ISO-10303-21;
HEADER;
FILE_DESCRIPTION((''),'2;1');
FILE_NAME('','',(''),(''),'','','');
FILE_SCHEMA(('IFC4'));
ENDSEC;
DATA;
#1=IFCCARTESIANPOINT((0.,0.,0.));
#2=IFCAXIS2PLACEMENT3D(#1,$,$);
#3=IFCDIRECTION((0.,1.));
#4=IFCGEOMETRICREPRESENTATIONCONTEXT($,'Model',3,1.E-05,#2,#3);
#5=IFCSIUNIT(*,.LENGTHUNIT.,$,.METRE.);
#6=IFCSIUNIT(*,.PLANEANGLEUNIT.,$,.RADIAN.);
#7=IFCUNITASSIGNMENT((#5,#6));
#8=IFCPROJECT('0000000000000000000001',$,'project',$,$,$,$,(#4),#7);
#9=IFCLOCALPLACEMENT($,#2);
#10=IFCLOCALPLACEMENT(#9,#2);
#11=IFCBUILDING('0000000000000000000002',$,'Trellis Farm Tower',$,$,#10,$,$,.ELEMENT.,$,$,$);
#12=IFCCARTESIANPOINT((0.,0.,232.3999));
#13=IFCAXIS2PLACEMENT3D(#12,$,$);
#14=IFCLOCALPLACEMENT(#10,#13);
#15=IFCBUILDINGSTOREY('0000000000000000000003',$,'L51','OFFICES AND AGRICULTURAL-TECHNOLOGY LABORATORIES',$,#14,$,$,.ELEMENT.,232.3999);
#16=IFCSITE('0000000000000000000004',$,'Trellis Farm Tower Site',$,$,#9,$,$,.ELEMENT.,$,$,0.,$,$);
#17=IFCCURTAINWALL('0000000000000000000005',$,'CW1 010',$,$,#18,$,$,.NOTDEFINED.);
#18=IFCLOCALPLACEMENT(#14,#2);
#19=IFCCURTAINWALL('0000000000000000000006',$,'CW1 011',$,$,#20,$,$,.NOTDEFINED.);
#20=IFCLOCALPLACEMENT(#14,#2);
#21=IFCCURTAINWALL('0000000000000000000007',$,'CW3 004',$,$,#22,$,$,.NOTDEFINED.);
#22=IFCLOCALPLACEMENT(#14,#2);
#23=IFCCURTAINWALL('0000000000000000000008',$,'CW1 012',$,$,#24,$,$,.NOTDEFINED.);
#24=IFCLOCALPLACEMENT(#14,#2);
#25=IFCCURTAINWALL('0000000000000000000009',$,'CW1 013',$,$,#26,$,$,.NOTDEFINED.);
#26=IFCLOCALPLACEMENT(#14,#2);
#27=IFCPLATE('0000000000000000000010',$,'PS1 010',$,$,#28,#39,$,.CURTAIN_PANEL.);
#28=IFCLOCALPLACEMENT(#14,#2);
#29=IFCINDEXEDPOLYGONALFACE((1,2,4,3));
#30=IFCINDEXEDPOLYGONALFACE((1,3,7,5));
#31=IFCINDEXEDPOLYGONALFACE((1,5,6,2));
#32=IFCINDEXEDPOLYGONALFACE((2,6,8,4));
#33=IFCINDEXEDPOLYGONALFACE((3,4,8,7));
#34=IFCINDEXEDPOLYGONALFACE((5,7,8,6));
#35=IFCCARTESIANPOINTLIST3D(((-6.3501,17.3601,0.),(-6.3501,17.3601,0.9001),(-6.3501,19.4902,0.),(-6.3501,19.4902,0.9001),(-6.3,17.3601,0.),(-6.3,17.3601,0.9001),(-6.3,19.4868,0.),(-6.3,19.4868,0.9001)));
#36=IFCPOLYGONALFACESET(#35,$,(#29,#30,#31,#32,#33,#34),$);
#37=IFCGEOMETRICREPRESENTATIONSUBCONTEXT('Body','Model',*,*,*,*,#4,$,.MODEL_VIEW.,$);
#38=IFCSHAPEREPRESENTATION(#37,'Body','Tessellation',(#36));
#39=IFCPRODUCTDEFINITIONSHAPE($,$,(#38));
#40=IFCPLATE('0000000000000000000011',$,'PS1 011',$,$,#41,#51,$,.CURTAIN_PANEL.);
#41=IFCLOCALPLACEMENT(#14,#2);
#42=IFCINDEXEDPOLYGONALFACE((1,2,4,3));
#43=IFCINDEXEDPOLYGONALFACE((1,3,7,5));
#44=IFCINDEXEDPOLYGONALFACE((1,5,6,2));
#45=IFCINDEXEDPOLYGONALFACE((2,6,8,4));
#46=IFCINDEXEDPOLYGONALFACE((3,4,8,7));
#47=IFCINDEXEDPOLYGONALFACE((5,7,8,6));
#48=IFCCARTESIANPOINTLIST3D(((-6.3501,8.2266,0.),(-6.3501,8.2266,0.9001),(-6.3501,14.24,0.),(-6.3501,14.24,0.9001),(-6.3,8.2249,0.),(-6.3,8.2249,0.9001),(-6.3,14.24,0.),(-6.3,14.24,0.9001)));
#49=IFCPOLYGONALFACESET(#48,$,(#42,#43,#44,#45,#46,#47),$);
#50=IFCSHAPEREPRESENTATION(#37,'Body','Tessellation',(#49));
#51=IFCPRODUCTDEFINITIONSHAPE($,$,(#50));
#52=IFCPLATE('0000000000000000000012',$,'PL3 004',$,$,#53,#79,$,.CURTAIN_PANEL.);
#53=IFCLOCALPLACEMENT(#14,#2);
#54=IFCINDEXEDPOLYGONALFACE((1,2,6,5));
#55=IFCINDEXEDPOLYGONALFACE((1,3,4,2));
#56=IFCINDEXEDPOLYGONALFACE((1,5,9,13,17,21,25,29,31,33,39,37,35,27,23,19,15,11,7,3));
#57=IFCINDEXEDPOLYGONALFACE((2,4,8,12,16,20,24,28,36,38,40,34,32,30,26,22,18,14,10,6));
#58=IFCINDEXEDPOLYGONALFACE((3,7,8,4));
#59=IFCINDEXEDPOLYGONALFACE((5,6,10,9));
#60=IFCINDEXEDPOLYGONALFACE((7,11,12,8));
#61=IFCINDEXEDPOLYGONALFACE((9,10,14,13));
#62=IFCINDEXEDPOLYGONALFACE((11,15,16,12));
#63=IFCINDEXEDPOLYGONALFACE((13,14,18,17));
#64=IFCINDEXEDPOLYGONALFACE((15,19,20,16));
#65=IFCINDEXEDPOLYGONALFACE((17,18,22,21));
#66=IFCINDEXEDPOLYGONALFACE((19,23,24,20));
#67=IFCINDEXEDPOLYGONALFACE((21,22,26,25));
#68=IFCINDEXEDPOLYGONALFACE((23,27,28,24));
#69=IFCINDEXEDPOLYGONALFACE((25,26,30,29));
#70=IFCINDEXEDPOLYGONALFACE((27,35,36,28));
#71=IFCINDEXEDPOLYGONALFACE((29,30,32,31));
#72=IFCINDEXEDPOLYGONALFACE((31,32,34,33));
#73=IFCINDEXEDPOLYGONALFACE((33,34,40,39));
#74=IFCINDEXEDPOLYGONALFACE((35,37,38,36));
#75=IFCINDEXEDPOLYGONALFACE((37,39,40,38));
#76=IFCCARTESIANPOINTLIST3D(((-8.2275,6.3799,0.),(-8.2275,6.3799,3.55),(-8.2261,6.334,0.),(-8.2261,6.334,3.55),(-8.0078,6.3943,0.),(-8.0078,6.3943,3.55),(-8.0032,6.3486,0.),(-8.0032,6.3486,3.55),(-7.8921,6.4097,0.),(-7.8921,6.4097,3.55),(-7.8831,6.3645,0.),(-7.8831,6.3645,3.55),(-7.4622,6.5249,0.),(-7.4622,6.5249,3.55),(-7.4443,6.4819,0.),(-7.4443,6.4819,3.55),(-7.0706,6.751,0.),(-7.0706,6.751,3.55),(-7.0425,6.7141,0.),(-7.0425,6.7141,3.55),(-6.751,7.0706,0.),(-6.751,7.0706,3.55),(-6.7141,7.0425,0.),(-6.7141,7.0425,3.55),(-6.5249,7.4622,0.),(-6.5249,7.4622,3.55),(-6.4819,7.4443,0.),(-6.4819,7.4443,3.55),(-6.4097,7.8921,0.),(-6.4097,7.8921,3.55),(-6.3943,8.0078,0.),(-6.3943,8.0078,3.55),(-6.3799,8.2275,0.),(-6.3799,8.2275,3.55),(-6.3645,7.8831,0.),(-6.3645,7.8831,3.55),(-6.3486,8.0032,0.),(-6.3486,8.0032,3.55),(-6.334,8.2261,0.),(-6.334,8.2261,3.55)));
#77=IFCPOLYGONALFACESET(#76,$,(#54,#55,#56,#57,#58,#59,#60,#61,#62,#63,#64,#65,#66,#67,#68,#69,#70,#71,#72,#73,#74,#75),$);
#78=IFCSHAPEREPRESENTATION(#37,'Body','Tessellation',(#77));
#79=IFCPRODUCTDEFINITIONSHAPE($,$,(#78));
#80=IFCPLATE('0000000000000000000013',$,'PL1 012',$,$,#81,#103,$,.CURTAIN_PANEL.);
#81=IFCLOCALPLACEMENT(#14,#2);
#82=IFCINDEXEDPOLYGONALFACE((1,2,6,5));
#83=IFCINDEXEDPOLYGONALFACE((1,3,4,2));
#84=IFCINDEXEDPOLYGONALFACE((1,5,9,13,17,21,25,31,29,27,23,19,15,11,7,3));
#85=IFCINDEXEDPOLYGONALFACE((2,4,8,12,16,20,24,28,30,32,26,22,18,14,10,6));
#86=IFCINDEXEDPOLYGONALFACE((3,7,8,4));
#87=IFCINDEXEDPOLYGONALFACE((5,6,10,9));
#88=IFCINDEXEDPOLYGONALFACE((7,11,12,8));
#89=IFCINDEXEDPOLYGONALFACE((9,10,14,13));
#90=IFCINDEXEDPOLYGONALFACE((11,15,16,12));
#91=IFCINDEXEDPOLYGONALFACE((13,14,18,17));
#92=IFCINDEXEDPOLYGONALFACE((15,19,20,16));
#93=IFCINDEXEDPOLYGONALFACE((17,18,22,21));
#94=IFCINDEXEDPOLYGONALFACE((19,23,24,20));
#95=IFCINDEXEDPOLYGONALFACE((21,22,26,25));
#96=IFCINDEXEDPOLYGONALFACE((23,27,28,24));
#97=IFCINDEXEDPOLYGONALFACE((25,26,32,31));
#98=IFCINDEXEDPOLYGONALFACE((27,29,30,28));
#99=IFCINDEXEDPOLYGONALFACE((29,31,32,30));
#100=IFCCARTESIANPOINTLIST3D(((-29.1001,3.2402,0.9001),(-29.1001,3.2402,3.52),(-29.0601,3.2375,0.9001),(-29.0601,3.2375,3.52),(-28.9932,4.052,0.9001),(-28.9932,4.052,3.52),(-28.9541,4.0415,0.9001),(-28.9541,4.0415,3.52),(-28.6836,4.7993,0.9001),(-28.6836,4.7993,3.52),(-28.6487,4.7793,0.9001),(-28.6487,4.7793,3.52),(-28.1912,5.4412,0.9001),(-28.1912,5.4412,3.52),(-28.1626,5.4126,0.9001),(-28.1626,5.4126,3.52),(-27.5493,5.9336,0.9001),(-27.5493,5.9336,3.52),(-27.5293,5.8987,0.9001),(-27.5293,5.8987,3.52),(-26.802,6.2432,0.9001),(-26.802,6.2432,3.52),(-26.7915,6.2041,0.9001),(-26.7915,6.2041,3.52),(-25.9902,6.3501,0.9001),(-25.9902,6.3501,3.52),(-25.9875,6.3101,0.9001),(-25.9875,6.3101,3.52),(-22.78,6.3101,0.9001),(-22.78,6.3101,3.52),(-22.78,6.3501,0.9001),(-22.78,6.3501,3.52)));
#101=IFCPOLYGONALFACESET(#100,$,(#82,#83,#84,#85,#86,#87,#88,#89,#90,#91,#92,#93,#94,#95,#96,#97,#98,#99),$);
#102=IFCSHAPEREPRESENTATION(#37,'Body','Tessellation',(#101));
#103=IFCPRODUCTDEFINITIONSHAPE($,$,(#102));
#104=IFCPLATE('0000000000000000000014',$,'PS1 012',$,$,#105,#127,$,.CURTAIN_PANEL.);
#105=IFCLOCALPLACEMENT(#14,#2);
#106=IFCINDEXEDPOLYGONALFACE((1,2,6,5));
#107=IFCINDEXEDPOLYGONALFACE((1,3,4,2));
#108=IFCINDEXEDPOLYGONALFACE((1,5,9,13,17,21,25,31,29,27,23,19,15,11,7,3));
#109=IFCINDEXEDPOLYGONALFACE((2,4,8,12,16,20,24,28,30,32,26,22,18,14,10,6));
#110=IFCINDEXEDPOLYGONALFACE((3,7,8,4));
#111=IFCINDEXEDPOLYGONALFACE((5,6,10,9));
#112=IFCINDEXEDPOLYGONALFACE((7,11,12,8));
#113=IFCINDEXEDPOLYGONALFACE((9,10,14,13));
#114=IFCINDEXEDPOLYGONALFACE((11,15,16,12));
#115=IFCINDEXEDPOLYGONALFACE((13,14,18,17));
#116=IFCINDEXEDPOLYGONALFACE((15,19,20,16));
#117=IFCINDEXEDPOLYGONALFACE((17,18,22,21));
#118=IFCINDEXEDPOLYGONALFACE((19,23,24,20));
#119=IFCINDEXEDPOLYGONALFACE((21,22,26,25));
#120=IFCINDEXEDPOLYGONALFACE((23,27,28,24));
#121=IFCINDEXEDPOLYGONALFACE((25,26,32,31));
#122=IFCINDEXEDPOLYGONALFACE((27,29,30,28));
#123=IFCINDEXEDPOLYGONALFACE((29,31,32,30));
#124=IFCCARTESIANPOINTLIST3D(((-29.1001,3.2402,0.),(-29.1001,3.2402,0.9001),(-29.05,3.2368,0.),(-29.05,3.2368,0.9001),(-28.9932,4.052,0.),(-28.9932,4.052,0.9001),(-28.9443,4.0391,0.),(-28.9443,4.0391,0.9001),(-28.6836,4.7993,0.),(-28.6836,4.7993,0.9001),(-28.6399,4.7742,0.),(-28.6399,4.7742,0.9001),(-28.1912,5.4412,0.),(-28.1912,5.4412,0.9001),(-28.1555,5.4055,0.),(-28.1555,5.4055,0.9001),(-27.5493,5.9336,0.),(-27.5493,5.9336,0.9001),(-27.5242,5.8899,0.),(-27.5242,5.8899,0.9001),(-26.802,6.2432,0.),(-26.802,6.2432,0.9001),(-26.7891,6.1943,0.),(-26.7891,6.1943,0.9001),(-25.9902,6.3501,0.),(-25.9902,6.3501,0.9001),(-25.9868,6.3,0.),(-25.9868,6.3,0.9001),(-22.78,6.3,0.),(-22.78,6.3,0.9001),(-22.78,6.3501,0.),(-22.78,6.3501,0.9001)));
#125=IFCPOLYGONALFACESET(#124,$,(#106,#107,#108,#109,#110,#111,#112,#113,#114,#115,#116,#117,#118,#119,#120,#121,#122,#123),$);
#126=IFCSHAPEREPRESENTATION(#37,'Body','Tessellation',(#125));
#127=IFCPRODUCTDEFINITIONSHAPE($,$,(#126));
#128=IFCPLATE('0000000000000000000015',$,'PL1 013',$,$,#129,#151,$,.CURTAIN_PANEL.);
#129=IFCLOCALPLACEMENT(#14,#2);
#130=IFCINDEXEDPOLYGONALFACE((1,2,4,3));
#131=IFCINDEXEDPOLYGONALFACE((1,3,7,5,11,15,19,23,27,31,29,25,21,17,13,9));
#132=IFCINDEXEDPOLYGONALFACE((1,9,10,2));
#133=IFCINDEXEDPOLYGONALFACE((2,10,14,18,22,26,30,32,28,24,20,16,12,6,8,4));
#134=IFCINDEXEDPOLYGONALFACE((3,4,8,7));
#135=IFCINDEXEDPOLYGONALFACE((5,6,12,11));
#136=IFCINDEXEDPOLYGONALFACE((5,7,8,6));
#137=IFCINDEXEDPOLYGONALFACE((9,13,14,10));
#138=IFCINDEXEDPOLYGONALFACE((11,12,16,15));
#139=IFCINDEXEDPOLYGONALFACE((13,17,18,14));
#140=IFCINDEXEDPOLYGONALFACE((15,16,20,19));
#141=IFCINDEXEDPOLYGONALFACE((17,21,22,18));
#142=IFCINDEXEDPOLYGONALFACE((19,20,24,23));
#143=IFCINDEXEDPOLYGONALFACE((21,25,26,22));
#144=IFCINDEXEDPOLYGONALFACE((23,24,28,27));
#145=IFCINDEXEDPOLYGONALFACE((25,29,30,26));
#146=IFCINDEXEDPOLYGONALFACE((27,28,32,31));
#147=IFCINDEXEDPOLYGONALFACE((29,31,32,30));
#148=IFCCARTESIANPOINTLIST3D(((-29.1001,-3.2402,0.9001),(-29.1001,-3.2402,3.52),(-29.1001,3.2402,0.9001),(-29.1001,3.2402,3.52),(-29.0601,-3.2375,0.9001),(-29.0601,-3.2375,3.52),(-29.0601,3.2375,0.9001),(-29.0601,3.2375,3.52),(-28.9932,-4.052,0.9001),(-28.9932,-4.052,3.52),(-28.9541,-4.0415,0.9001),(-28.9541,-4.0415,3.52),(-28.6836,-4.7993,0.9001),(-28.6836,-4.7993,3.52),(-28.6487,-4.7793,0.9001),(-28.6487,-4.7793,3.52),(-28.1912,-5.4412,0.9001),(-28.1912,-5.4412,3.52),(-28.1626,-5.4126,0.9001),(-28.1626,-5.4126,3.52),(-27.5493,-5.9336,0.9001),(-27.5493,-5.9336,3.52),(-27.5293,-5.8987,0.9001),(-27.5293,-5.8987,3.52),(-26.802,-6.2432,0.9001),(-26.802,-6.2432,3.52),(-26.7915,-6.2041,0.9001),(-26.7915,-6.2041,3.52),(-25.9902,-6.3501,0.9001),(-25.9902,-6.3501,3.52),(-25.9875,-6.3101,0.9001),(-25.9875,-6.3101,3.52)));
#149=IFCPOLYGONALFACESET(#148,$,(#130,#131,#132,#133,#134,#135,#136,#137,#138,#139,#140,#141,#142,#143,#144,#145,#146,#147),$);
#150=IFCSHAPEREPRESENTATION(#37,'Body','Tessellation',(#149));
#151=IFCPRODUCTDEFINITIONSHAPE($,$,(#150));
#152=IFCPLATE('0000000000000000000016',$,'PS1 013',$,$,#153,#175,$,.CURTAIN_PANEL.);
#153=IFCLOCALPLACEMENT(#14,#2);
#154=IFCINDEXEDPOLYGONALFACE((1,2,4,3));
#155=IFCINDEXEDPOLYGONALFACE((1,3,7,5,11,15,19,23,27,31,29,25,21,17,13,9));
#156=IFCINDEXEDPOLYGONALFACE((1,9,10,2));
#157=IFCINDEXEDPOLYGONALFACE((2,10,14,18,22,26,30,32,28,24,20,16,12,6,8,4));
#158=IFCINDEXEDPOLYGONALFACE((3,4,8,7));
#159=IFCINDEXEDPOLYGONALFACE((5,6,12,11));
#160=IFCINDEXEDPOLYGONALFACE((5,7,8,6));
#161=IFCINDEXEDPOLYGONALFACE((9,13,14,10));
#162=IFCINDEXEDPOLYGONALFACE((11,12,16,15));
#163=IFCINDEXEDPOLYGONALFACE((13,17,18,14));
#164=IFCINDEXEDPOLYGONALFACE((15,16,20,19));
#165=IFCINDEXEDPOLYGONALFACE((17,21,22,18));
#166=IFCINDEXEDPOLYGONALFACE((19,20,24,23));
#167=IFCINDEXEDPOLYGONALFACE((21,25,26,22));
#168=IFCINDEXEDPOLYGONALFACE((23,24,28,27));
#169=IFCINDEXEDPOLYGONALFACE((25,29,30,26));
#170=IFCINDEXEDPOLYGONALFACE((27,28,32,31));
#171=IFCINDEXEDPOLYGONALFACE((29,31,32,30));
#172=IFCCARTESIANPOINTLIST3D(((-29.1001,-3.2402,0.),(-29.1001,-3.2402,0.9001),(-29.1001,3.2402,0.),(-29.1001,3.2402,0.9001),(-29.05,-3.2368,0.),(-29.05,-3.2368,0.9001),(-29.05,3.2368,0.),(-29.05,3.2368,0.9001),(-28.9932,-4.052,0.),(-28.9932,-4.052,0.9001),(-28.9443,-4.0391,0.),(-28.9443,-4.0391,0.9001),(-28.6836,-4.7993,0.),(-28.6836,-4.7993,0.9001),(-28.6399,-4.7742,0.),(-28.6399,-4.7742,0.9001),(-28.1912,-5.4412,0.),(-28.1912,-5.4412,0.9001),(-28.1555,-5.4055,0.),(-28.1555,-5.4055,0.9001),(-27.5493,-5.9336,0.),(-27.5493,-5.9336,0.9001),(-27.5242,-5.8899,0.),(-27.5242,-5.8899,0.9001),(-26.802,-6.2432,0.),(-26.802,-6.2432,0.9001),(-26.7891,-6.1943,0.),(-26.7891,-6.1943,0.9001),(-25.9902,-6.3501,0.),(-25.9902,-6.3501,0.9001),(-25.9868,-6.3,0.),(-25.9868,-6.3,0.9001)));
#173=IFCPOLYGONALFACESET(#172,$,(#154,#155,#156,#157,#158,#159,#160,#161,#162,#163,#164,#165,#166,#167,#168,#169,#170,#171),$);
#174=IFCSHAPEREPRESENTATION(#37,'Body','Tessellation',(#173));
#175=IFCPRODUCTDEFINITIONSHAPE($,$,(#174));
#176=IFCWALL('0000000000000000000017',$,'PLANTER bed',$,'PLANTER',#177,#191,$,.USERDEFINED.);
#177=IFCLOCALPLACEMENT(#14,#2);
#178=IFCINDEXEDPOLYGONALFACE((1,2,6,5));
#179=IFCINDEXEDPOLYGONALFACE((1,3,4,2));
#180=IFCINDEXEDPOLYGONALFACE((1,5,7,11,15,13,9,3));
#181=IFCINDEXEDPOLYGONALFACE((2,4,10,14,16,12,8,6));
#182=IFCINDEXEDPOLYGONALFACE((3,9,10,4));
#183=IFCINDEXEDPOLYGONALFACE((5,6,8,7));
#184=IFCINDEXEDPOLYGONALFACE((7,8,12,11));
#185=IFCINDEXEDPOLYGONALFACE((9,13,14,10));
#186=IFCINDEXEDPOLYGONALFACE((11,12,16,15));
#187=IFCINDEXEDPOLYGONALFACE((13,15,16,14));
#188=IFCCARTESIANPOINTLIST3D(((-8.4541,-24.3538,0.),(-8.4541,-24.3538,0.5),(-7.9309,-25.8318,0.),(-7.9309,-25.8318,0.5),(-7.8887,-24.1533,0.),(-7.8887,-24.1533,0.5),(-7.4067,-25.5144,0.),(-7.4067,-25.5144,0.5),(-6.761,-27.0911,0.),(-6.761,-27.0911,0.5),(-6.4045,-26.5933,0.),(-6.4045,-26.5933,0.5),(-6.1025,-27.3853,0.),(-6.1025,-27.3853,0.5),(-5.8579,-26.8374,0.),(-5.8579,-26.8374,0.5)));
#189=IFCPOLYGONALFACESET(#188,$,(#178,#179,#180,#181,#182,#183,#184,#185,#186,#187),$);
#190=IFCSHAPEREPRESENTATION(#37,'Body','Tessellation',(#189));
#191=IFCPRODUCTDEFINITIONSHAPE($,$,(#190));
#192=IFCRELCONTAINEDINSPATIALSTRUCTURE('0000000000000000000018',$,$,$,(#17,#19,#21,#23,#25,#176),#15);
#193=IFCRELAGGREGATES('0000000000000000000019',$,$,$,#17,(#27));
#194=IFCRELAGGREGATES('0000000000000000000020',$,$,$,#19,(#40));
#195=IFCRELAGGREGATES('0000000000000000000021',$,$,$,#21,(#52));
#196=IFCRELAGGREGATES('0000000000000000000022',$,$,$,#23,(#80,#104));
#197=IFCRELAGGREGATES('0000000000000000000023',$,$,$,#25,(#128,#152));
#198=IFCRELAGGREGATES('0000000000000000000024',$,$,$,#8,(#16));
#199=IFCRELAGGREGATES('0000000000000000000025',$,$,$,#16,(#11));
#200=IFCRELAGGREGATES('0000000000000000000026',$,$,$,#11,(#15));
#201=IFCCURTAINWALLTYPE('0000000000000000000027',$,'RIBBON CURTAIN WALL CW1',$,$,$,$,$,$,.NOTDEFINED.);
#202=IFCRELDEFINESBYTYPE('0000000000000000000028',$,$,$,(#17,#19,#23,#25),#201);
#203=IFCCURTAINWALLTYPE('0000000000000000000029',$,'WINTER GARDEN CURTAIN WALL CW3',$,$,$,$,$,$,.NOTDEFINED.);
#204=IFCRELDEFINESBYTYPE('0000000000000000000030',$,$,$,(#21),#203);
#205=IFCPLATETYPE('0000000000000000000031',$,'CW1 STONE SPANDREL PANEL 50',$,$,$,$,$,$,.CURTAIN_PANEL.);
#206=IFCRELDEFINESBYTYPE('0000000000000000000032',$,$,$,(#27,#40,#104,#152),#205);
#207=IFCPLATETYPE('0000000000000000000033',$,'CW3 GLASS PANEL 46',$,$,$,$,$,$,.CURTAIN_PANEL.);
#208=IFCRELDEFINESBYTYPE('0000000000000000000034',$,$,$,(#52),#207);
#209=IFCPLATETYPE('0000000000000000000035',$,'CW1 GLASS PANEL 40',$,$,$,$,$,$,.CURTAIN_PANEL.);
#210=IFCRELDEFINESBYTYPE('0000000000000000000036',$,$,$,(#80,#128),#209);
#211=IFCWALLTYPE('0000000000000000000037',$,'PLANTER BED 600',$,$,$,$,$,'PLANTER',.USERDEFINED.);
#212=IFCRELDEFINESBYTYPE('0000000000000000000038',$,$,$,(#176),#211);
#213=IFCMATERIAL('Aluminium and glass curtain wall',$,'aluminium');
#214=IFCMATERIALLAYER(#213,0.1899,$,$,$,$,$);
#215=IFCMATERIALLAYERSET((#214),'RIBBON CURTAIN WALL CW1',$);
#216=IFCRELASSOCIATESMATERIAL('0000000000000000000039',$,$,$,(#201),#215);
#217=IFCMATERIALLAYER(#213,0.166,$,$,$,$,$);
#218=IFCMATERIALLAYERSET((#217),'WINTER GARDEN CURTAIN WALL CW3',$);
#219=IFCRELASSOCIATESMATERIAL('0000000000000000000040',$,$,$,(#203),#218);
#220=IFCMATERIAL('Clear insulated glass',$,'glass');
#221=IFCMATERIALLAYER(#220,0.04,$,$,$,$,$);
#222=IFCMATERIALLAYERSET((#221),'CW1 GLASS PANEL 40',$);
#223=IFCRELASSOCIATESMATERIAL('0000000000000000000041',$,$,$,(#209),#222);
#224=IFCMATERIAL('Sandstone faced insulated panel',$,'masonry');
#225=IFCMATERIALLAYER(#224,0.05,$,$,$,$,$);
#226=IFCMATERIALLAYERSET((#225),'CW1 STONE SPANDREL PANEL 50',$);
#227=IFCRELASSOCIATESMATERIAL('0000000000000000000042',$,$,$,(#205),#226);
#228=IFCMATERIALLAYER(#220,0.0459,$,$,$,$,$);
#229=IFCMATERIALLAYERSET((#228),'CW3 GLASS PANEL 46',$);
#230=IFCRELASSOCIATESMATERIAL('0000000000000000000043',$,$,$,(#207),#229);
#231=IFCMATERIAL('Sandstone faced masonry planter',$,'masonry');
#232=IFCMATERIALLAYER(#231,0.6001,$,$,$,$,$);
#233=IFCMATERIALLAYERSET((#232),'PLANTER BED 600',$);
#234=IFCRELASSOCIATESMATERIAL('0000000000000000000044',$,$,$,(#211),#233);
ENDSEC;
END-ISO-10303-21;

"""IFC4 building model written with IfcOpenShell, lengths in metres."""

from ifc_helpers import new_model, si_unit, direction, frame, origin, place, context, subcontext, project, spatial, polyline, outline, extrude, source, transform, mapped, material, layer, layer_set, type_object, element, aggregate, save


model = new_model("IFC4")

# Units and contexts
model_context = context("Model", 3, precision=1e-05, world=origin(), true_north=direction((0.0, 1.0)))
body_context = subcontext(model_context, "Body", "Model", "MODEL_VIEW")
ifc_project = project(units=[si_unit("LENGTHUNIT", "METRE"), si_unit("PLANEANGLEUNIT", "RADIAN")], contexts=[model_context])

# Site, building, storey
site_placement = place(None, origin())
site = spatial("IfcSite", under=ifc_project, at=site_placement, Name="Trellis Farm Tower Site", CompositionType="ELEMENT", RefElevation=0.0)
building_placement = place(site_placement, origin())
building = spatial("IfcBuilding", under=site, at=building_placement, Name="Trellis Farm Tower", CompositionType="ELEMENT")
storey_placement = place(building_placement, frame((0.0, 0.0, 232.3999)))
storey = spatial("IfcBuildingStorey", under=building, at=storey_placement, Name="L51", Description="OFFICES AND AGRICULTURAL-TECHNOLOGY LABORATORIES", CompositionType="ELEMENT", Elevation=232.3999)

# Curtain walls
ifc_material_1 = material(Name="Aluminium and glass curtain wall", Category="aluminium")
ifc_layer_1 = layer(ifc_material_1, 0.1899)
ifc_layer_set_1 = layer_set([ifc_layer_1], Name="RIBBON CURTAIN WALL CW1")
curtain_wall_type_1 = type_object("IfcCurtainWallType", Name="RIBBON CURTAIN WALL CW1", PredefinedType="NOTDEFINED", material=ifc_layer_set_1)
placement_1 = place(storey_placement, origin())
curtain_wall_1 = element("IfcCurtainWall", 1, at=placement_1, inside=storey, type_object=curtain_wall_type_1, Name="CW1 010", PredefinedType="NOTDEFINED")
curtain_wall_2 = element("IfcCurtainWall", 2, at=placement_1, inside=storey, type_object=curtain_wall_type_1, Name="CW1 011", PredefinedType="NOTDEFINED")
ifc_layer_2 = layer(ifc_material_1, 0.166)
ifc_layer_set_2 = layer_set([ifc_layer_2], Name="WINTER GARDEN CURTAIN WALL CW3")
curtain_wall_type_2 = type_object("IfcCurtainWallType", Name="WINTER GARDEN CURTAIN WALL CW3", PredefinedType="NOTDEFINED", material=ifc_layer_set_2)
curtain_wall_3 = element("IfcCurtainWall", 3, at=placement_1, inside=storey, type_object=curtain_wall_type_2, Name="CW3 004", PredefinedType="NOTDEFINED")
curtain_wall_4 = element("IfcCurtainWall", 4, at=placement_1, inside=storey, type_object=curtain_wall_type_1, Name="CW1 012", PredefinedType="NOTDEFINED")
curtain_wall_5 = element("IfcCurtainWall", 5, at=placement_1, inside=storey, type_object=curtain_wall_type_1, Name="CW1 013", PredefinedType="NOTDEFINED")

# Plates
ifc_material_2 = material(Name="Clear insulated glass", Category="glass")
ifc_layer_3 = layer(ifc_material_2, 0.04)
ifc_layer_set_3 = layer_set([ifc_layer_3], Name="CW1 GLASS PANEL 40")
plate_type_1 = type_object("IfcPlateType", Name="CW1 GLASS PANEL 40", PredefinedType="CURTAIN_PANEL", material=ifc_layer_set_3)
placement_2 = place(storey_placement, frame((0.0, 0.0, 0.9001)))
ifc_material_3 = material(Name="Sandstone faced insulated panel", Category="masonry")
ifc_layer_4 = layer(ifc_material_3, 0.05)
ifc_layer_set_4 = layer_set([ifc_layer_4], Name="CW1 STONE SPANDREL PANEL 50")
plate_type_2 = type_object("IfcPlateType", Name="CW1 STONE SPANDREL PANEL 50", PredefinedType="CURTAIN_PANEL", material=ifc_layer_set_4)
plate_1 = element("IfcPlate", 6, at=placement_1, type_object=plate_type_2, Name="PS1 010", PredefinedType="CURTAIN_PANEL", context=body_context, shape_type="SweptSolid", body=[
    extrude(outline(polyline([(-6.3501, 19.4902), (-6.3501, 17.3601), (-6.3, 17.3601), (-6.3, 19.4868), (-6.3501, 19.4902)])), origin(), (0.0, 0.0, 1.0), 0.9001),
])
aggregate(curtain_wall_1, [plate_1])
plate_2 = element("IfcPlate", 7, at=placement_1, type_object=plate_type_2, Name="PS1 011", PredefinedType="CURTAIN_PANEL", context=body_context, shape_type="SweptSolid", body=[
    extrude(outline(polyline([(-6.3501, 14.24), (-6.3501, 8.2266), (-6.3, 8.2249), (-6.3, 14.24), (-6.3501, 14.24)])), origin(), (0.0, 0.0, 1.0), 0.9001),
])
aggregate(curtain_wall_2, [plate_2])
ifc_layer_5 = layer(ifc_material_2, 0.0459)
ifc_layer_set_5 = layer_set([ifc_layer_5], Name="CW3 GLASS PANEL 46")
plate_type_3 = type_object("IfcPlateType", Name="CW3 GLASS PANEL 46", PredefinedType="CURTAIN_PANEL", material=ifc_layer_set_5)
shared_shape_1 = source(origin(), body_context, "Body", "SweptSolid", [
    extrude(outline(polyline([(-6.3799, 8.2275), (-6.3943, 8.0078), (-6.4097, 7.8921), (-6.5249, 7.4622), (-6.751, 7.0706), (-7.0706, 6.751), (-7.4622, 6.5249), (-7.8921, 6.4097), (-8.0078, 6.3943), (-8.2275, 6.3799), (-8.2261, 6.334), (-8.0032, 6.3486), (-7.8831, 6.3645), (-7.4443, 6.4819), (-7.0425, 6.7141), (-6.7141, 7.0425), (-6.4819, 7.4443), (-6.3645, 7.8831), (-6.3486, 8.0032), (-6.334, 8.2261), (-6.3799, 8.2275)])), origin(), (0.0, 0.0, 1.0), 3.55),
])
plate_3 = element("IfcPlate", 8, at=placement_1, type_object=plate_type_3, Name="PL3 004", PredefinedType="CURTAIN_PANEL", context=body_context, shape_type="MappedRepresentation", body=[
    mapped(shared_shape_1, transform((0.0, 0.0, 0.0))),
])
aggregate(curtain_wall_3, [plate_3])
shared_shape_2 = source(origin(), body_context, "Body", "SweptSolid", [
    extrude(outline(polyline([(-22.78, 6.3501), (-25.9902, 6.3501), (-26.802, 6.2432), (-27.5493, 5.9336), (-28.1912, 5.4412), (-28.6836, 4.7993), (-28.9932, 4.052), (-29.1001, 3.2402), (-29.0601, 3.2375), (-28.9541, 4.0415), (-28.6487, 4.7793), (-28.1626, 5.4126), (-27.5293, 5.8987), (-26.7915, 6.2041), (-25.9875, 6.3101), (-22.78, 6.3101), (-22.78, 6.3501)])), origin(), (0.0, 0.0, 1.0), 2.6199),
])
plate_4 = element("IfcPlate", 9, at=placement_2, type_object=plate_type_1, Name="PL1 012", PredefinedType="CURTAIN_PANEL", context=body_context, shape_type="MappedRepresentation", body=[
    mapped(shared_shape_2, transform((0.0, 0.0, 0.0))),
])
shared_shape_3 = source(origin(), body_context, "Body", "SweptSolid", [
    extrude(outline(polyline([(-22.78, 6.3501), (-25.9902, 6.3501), (-26.802, 6.2432), (-27.5493, 5.9336), (-28.1912, 5.4412), (-28.6836, 4.7993), (-28.9932, 4.052), (-29.1001, 3.2402), (-29.05, 3.2368), (-28.9443, 4.0391), (-28.6399, 4.7742), (-28.1555, 5.4055), (-27.5242, 5.8899), (-26.7891, 6.1943), (-25.9868, 6.3), (-22.78, 6.3), (-22.78, 6.3501)])), origin(), (0.0, 0.0, 1.0), 0.9001),
])
plate_5 = element("IfcPlate", 10, at=placement_1, type_object=plate_type_2, Name="PS1 012", PredefinedType="CURTAIN_PANEL", context=body_context, shape_type="MappedRepresentation", body=[
    mapped(shared_shape_3, transform((0.0, 0.0, 0.0))),
])
aggregate(curtain_wall_4, [plate_4, plate_5])
shared_shape_4 = source(origin(), body_context, "Body", "SweptSolid", [
    extrude(outline(polyline([(-29.1001, 3.2402), (-29.1001, -3.2402), (-28.9932, -4.052), (-28.6836, -4.7993), (-28.1912, -5.4412), (-27.5493, -5.9336), (-26.802, -6.2432), (-25.9902, -6.3501), (-25.9875, -6.3101), (-26.7915, -6.2041), (-27.5293, -5.8987), (-28.1626, -5.4126), (-28.6487, -4.7793), (-28.9541, -4.0415), (-29.0601, -3.2375), (-29.0601, 3.2375), (-29.1001, 3.2402)])), origin(), (0.0, 0.0, 1.0), 2.6199),
])
plate_6 = element("IfcPlate", 11, at=placement_2, type_object=plate_type_1, Name="PL1 013", PredefinedType="CURTAIN_PANEL", context=body_context, shape_type="MappedRepresentation", body=[
    mapped(shared_shape_4, transform((0.0, 0.0, 0.0))),
])
shared_shape_5 = source(origin(), body_context, "Body", "SweptSolid", [
    extrude(outline(polyline([(-29.1001, 3.2402), (-29.1001, -3.2402), (-28.9932, -4.052), (-28.6836, -4.7993), (-28.1912, -5.4412), (-27.5493, -5.9336), (-26.802, -6.2432), (-25.9902, -6.3501), (-25.9868, -6.3), (-26.7891, -6.1943), (-27.5242, -5.8899), (-28.1555, -5.4055), (-28.6399, -4.7742), (-28.9443, -4.0391), (-29.05, -3.2368), (-29.05, 3.2368), (-29.1001, 3.2402)])), origin(), (0.0, 0.0, 1.0), 0.9001),
])
plate_7 = element("IfcPlate", 12, at=placement_1, type_object=plate_type_2, Name="PS1 013", PredefinedType="CURTAIN_PANEL", context=body_context, shape_type="MappedRepresentation", body=[
    mapped(shared_shape_5, transform((0.0, 0.0, 0.0))),
])
aggregate(curtain_wall_5, [plate_6, plate_7])

# Wall
ifc_material_4 = material(Name="Sandstone faced masonry planter", Category="masonry")
ifc_layer_6 = layer(ifc_material_4, 0.6001)
ifc_layer_set_6 = layer_set([ifc_layer_6], Name="PLANTER BED 600")
wall_type_1 = type_object("IfcWallType", Name="PLANTER BED 600", ElementType="PLANTER", PredefinedType="USERDEFINED", material=ifc_layer_set_6)
element("IfcWall", 13, at=placement_1, inside=storey, type_object=wall_type_1, Name="PLANTER bed", ObjectType="PLANTER", PredefinedType="USERDEFINED", context=body_context, shape_type="SweptSolid", body=[
    extrude(outline(polyline([(-6.761, -27.0911), (-7.9309, -25.8318), (-8.4541, -24.3538), (-7.8887, -24.1533), (-7.4067, -25.5144), (-6.4045, -26.5933), (-5.8579, -26.8374), (-6.1025, -27.3853), (-6.761, -27.0911)])), origin(), (0.0, 0.0, 1.0), 0.5),
])

save(model, "model.ifc")
